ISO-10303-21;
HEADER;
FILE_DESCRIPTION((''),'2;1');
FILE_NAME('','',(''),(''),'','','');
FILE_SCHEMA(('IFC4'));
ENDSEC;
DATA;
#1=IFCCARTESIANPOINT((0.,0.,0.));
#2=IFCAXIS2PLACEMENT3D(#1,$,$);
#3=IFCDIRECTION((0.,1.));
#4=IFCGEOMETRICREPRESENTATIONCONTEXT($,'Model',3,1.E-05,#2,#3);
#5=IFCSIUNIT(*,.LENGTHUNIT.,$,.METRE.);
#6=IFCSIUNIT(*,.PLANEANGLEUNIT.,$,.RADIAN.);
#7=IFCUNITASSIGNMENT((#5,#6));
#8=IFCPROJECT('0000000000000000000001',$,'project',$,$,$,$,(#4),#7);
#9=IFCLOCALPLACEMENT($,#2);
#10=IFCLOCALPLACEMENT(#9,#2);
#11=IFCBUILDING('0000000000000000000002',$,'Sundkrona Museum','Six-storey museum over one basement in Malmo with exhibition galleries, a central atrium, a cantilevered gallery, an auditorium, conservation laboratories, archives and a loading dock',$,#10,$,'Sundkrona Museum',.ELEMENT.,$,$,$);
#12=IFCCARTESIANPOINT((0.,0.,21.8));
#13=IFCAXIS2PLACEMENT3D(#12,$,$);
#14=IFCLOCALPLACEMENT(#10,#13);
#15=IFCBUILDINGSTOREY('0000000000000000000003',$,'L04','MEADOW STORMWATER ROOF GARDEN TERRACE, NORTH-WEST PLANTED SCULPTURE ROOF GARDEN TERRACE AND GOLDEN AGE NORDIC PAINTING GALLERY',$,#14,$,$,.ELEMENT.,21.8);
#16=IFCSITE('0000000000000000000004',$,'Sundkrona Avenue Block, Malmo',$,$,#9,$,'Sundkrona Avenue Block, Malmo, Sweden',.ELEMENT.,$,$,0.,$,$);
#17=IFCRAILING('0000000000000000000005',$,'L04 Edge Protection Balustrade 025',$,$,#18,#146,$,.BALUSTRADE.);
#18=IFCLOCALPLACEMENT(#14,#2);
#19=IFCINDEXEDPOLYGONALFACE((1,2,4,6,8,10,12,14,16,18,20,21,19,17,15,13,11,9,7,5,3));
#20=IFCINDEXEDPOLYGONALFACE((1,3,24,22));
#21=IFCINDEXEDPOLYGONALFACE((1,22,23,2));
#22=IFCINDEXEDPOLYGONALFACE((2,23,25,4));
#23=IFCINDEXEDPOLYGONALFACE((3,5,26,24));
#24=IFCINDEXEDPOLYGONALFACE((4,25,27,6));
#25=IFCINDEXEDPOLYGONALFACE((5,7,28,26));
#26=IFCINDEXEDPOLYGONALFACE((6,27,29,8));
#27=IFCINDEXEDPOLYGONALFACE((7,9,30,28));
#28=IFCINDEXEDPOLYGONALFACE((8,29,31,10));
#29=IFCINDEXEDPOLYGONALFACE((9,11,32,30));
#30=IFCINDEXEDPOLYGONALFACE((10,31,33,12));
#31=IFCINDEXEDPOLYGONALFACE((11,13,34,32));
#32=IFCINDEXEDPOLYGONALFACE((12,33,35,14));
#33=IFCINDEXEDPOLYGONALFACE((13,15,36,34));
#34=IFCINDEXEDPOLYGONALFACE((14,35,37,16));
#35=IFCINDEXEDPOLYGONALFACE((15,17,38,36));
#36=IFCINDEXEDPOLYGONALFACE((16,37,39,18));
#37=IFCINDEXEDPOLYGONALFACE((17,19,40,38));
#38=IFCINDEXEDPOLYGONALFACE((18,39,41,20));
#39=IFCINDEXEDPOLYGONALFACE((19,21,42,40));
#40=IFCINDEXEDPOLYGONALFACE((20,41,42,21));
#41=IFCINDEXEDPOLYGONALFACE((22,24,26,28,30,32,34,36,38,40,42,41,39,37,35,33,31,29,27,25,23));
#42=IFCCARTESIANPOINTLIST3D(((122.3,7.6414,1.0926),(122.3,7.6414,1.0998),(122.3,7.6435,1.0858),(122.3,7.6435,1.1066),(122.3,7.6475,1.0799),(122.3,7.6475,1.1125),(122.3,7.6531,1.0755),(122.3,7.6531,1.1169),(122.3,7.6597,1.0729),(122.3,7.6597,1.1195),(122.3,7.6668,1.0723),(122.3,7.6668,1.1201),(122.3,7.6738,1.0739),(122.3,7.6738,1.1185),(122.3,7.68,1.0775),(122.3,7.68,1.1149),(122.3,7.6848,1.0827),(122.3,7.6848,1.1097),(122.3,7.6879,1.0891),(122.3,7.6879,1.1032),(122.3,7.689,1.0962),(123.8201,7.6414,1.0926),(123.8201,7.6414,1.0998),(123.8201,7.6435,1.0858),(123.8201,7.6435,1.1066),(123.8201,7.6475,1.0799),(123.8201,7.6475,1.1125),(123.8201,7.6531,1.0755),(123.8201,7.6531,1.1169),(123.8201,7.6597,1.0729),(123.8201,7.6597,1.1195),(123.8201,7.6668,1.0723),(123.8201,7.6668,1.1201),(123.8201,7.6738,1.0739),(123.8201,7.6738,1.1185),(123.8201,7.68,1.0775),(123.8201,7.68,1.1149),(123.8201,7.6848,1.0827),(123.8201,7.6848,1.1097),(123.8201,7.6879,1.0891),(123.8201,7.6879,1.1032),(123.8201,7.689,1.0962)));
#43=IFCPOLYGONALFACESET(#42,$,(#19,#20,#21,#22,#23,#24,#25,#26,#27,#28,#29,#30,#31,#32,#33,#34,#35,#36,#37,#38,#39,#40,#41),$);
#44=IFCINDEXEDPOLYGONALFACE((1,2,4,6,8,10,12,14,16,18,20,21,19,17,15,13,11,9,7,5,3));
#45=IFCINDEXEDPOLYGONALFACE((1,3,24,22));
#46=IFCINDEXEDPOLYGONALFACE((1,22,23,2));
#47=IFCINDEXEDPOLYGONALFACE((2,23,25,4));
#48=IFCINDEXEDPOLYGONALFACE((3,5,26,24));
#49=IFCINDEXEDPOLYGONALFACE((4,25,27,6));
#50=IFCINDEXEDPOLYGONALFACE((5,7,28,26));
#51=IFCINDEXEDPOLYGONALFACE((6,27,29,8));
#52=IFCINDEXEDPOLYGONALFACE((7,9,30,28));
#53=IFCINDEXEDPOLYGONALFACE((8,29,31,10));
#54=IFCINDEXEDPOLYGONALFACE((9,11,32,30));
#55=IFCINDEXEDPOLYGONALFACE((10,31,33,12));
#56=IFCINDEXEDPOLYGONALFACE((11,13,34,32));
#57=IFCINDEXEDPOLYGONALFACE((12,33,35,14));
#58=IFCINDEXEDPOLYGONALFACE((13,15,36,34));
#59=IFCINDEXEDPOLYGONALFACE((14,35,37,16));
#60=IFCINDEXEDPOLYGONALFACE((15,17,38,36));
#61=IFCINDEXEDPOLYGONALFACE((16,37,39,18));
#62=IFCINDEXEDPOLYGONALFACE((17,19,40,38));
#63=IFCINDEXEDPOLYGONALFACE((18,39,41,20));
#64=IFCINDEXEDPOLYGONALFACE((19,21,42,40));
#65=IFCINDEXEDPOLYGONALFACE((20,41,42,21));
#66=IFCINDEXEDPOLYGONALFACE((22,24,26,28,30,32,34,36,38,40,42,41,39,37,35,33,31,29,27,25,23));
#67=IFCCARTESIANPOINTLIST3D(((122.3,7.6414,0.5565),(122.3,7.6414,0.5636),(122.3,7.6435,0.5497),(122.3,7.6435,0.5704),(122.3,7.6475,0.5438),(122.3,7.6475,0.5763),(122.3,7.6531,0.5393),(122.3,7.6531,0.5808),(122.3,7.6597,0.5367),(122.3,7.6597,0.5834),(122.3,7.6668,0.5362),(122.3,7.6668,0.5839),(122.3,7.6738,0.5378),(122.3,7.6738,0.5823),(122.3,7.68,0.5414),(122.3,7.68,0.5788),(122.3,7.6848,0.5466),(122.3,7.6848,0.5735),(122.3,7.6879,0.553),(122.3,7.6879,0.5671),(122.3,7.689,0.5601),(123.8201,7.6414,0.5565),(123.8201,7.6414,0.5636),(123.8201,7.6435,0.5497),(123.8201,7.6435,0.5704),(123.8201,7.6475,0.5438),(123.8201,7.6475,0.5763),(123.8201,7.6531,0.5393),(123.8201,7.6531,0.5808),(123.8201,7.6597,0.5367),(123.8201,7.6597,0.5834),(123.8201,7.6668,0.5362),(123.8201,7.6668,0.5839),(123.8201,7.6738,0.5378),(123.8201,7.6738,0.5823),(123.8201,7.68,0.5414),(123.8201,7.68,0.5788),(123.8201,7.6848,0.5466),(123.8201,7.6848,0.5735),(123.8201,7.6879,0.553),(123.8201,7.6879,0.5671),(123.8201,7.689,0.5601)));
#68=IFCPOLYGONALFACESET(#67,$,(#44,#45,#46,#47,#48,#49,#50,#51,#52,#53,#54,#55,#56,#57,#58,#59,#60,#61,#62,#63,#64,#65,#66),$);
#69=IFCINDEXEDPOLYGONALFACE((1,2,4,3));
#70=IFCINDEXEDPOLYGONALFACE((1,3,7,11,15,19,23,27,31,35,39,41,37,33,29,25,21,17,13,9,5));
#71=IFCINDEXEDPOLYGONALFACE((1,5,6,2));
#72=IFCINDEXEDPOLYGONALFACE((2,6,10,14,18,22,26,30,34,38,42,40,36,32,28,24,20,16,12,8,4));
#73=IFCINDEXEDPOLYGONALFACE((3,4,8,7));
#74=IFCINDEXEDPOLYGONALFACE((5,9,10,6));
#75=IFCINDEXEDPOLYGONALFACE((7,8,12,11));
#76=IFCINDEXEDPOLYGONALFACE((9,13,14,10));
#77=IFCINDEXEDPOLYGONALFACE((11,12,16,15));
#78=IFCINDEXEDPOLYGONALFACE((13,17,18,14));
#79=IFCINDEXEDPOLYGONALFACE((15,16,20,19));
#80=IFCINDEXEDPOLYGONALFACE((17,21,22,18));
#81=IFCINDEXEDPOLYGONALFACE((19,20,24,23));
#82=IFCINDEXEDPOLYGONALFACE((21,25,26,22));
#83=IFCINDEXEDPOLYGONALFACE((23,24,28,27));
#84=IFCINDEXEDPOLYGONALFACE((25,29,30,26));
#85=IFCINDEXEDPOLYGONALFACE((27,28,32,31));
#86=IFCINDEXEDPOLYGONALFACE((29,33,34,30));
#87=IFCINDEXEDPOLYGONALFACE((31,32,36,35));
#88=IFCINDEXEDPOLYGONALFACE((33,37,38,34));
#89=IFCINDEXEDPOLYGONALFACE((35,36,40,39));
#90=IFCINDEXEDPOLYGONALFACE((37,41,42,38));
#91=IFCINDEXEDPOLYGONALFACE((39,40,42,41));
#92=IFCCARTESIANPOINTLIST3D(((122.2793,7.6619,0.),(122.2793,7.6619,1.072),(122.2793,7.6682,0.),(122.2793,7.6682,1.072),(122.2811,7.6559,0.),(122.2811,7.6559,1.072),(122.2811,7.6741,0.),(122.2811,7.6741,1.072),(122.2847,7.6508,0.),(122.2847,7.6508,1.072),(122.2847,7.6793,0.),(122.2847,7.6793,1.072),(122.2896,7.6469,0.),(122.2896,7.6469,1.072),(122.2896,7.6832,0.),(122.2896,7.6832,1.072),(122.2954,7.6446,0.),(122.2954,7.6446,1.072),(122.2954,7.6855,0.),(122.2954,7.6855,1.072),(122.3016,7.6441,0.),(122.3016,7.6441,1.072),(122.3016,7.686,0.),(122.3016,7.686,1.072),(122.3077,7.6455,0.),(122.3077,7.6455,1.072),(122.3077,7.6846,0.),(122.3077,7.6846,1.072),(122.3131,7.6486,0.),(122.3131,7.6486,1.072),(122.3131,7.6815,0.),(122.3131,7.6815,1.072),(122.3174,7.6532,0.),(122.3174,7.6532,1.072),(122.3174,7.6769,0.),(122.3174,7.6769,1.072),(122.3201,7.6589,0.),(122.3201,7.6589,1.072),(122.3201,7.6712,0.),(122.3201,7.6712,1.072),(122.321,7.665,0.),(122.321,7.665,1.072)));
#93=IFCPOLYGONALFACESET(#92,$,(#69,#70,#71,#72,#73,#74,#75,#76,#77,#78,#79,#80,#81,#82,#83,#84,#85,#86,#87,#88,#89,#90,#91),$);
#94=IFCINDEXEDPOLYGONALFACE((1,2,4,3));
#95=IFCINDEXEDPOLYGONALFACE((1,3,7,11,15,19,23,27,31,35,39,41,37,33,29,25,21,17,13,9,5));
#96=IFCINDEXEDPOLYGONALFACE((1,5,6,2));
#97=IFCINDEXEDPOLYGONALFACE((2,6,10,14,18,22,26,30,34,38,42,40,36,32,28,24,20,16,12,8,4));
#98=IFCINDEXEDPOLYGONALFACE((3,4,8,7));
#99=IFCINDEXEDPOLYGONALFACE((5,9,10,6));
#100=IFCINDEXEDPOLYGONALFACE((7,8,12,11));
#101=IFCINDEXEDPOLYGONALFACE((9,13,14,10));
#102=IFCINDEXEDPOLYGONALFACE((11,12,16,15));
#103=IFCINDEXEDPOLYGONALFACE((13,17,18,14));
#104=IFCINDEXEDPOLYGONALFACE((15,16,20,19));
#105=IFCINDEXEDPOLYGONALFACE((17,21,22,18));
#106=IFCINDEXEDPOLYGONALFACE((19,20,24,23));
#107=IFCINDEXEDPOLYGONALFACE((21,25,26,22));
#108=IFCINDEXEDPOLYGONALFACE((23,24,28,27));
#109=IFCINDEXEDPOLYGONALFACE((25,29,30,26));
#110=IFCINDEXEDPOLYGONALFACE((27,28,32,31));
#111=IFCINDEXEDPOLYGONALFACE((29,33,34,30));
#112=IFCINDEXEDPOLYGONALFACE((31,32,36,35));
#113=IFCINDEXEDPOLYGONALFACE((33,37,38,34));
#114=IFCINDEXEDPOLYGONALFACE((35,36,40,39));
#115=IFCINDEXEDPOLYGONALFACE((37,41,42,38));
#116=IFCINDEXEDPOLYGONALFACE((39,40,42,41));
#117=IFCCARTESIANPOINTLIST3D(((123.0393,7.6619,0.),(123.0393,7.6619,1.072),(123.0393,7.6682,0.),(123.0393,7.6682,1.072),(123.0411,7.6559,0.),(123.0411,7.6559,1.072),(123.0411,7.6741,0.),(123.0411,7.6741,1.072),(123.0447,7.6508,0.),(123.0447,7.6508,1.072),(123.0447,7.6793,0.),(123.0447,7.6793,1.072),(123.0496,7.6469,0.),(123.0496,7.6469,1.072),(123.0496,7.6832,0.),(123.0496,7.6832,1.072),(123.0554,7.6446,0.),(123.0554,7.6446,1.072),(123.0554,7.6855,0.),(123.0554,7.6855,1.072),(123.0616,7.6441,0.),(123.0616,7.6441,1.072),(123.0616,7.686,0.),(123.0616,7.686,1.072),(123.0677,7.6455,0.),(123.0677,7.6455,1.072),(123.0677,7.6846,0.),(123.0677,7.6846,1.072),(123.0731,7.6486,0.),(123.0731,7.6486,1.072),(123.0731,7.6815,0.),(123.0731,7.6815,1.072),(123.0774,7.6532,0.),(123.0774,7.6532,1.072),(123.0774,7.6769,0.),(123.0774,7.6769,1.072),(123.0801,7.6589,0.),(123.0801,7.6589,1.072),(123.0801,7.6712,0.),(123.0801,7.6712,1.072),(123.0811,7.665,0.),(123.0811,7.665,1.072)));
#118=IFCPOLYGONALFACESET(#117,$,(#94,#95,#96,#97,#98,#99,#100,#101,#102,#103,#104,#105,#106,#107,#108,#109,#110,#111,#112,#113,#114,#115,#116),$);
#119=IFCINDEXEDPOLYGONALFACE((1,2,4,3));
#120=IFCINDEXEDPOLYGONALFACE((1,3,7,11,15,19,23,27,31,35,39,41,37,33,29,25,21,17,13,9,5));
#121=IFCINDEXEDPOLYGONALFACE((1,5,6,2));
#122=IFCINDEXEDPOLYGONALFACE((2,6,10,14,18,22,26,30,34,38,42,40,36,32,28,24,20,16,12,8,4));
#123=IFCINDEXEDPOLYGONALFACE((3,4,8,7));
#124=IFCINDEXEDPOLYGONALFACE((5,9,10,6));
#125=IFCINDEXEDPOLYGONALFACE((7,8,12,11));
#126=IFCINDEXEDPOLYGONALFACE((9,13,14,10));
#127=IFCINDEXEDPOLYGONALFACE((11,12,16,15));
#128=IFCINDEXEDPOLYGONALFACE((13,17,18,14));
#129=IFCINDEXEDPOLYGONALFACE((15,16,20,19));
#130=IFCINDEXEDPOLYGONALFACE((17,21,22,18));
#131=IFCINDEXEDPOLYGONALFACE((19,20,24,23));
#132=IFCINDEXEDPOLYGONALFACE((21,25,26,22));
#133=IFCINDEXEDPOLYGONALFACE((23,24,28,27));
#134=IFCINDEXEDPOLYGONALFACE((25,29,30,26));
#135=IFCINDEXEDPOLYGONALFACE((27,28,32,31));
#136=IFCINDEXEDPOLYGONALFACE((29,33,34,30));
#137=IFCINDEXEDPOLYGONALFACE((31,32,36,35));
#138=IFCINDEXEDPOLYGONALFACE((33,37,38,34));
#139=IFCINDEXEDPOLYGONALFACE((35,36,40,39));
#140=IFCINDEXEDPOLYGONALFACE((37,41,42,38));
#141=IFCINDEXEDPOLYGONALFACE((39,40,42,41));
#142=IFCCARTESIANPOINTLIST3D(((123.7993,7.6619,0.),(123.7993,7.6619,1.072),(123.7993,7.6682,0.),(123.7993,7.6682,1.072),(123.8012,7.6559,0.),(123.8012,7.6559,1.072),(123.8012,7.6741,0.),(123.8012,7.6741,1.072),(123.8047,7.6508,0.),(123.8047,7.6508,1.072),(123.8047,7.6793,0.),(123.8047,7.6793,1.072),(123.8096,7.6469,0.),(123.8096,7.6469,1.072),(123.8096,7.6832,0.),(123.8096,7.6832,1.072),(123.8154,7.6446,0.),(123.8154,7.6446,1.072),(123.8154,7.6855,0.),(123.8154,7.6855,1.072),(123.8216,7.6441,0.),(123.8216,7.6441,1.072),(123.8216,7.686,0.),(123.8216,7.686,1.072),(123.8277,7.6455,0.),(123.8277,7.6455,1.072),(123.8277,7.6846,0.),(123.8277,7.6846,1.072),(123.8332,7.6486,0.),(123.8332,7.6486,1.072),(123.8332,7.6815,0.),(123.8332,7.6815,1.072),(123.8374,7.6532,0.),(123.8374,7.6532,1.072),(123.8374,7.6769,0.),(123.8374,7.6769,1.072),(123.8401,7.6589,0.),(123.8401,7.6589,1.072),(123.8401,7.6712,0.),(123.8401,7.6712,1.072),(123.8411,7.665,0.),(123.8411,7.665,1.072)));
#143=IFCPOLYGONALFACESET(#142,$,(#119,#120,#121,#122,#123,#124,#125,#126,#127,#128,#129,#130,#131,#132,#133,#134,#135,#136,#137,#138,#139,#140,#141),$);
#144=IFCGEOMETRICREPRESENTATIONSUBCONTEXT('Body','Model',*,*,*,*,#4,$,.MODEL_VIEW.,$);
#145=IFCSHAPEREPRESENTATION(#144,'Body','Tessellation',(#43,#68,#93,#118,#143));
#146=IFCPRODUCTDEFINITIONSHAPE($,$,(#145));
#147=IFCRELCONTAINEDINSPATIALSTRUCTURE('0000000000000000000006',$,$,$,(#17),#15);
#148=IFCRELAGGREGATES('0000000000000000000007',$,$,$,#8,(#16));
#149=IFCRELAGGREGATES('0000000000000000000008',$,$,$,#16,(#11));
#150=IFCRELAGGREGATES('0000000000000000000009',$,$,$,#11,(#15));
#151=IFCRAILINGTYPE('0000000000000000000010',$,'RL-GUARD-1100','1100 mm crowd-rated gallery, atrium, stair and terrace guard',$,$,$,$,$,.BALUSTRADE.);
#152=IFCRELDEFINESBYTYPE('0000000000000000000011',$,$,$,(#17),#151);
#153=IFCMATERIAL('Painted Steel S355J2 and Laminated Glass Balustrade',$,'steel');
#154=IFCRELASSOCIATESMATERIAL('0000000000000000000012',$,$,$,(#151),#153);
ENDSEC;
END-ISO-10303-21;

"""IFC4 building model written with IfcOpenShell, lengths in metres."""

from ifc_helpers import new_model, si_unit, direction, frame, origin, origin_2d, place, context, subcontext, project, spatial, circle, extrude, material, type_object, element, save


model = new_model("IFC4")

# Units and contexts
model_context = context("Model", 3, precision=1e-05, world=origin(), true_north=direction((0.0, 1.0)))
body_context = subcontext(model_context, "Body", "Model", "MODEL_VIEW")
ifc_project = project(units=[si_unit("LENGTHUNIT", "METRE"), si_unit("PLANEANGLEUNIT", "RADIAN")], contexts=[model_context])

# Site, building, storey
site_placement = place(None, origin())
site = spatial("IfcSite", under=ifc_project, at=site_placement, Name="Sundkrona Avenue Block, Malmo", LongName="Sundkrona Avenue Block, Malmo, Sweden", CompositionType="ELEMENT", RefElevation=0.0)
building_placement = place(site_placement, origin())
building = spatial("IfcBuilding", under=site, at=building_placement, Name="Sundkrona Museum", Description="Six-storey museum over one basement in Malmo with exhibition galleries, a central atrium, a cantilevered gallery, an auditorium, conservation laboratories, archives and a loading dock", LongName="Sundkrona Museum", CompositionType="ELEMENT")
storey_placement = place(building_placement, frame((0.0, 0.0, 21.8)))
storey = spatial("IfcBuildingStorey", under=building, at=storey_placement, Name="L04", Description="MEADOW STORMWATER ROOF GARDEN TERRACE, NORTH-WEST PLANTED SCULPTURE ROOF GARDEN TERRACE AND GOLDEN AGE NORDIC PAINTING GALLERY", CompositionType="ELEMENT", Elevation=21.8)

# Railing
ifc_material_1 = material(Name="Painted Steel S355J2 and Laminated Glass Balustrade", Category="steel")
railing_type_1 = type_object("IfcRailingType", Name="RL-GUARD-1100", Description="1100 mm crowd-rated gallery, atrium, stair and terrace guard", PredefinedType="BALUSTRADE", material=ifc_material_1)
for number, where, name in (
    (1, (122.3, 7.665, 0.0), "L04 Edge Protection Balustrade 025"),
):
    element("IfcRailing", number, at=place(storey_placement, frame(where)), inside=storey, type_object=railing_type_1, Name=name, PredefinedType="BALUSTRADE", context=body_context, shape_type="SweptSolid", body=[
        extrude(circle(Radius=0.0239, at=origin_2d()), frame((0.0, 0.0, 1.0962), z_axis=(1.0, 0.0, 0.0), x_axis=(0.0, 1.0, 0.0)), (0.0, 0.0, 1.0), 1.52),
        extrude(circle(Radius=0.0239, at=origin_2d()), frame((0.0, 0.0, 0.5601), z_axis=(1.0, 0.0, 0.0), x_axis=(0.0, 1.0, 0.0)), (0.0, 0.0, 1.0), 1.52),
        extrude(circle(Radius=0.021, at=origin_2d()), origin(), (0.0, 0.0, 1.0), 1.072),
        extrude(circle(Radius=0.021, at=origin_2d()), frame((0.76, 0.0, 0.0)), (0.0, 0.0, 1.0), 1.072),
        extrude(circle(Radius=0.021, at=origin_2d()), frame((1.52, 0.0, 0.0)), (0.0, 0.0, 1.0), 1.072),
    ])

save(model, "model.ifc")
